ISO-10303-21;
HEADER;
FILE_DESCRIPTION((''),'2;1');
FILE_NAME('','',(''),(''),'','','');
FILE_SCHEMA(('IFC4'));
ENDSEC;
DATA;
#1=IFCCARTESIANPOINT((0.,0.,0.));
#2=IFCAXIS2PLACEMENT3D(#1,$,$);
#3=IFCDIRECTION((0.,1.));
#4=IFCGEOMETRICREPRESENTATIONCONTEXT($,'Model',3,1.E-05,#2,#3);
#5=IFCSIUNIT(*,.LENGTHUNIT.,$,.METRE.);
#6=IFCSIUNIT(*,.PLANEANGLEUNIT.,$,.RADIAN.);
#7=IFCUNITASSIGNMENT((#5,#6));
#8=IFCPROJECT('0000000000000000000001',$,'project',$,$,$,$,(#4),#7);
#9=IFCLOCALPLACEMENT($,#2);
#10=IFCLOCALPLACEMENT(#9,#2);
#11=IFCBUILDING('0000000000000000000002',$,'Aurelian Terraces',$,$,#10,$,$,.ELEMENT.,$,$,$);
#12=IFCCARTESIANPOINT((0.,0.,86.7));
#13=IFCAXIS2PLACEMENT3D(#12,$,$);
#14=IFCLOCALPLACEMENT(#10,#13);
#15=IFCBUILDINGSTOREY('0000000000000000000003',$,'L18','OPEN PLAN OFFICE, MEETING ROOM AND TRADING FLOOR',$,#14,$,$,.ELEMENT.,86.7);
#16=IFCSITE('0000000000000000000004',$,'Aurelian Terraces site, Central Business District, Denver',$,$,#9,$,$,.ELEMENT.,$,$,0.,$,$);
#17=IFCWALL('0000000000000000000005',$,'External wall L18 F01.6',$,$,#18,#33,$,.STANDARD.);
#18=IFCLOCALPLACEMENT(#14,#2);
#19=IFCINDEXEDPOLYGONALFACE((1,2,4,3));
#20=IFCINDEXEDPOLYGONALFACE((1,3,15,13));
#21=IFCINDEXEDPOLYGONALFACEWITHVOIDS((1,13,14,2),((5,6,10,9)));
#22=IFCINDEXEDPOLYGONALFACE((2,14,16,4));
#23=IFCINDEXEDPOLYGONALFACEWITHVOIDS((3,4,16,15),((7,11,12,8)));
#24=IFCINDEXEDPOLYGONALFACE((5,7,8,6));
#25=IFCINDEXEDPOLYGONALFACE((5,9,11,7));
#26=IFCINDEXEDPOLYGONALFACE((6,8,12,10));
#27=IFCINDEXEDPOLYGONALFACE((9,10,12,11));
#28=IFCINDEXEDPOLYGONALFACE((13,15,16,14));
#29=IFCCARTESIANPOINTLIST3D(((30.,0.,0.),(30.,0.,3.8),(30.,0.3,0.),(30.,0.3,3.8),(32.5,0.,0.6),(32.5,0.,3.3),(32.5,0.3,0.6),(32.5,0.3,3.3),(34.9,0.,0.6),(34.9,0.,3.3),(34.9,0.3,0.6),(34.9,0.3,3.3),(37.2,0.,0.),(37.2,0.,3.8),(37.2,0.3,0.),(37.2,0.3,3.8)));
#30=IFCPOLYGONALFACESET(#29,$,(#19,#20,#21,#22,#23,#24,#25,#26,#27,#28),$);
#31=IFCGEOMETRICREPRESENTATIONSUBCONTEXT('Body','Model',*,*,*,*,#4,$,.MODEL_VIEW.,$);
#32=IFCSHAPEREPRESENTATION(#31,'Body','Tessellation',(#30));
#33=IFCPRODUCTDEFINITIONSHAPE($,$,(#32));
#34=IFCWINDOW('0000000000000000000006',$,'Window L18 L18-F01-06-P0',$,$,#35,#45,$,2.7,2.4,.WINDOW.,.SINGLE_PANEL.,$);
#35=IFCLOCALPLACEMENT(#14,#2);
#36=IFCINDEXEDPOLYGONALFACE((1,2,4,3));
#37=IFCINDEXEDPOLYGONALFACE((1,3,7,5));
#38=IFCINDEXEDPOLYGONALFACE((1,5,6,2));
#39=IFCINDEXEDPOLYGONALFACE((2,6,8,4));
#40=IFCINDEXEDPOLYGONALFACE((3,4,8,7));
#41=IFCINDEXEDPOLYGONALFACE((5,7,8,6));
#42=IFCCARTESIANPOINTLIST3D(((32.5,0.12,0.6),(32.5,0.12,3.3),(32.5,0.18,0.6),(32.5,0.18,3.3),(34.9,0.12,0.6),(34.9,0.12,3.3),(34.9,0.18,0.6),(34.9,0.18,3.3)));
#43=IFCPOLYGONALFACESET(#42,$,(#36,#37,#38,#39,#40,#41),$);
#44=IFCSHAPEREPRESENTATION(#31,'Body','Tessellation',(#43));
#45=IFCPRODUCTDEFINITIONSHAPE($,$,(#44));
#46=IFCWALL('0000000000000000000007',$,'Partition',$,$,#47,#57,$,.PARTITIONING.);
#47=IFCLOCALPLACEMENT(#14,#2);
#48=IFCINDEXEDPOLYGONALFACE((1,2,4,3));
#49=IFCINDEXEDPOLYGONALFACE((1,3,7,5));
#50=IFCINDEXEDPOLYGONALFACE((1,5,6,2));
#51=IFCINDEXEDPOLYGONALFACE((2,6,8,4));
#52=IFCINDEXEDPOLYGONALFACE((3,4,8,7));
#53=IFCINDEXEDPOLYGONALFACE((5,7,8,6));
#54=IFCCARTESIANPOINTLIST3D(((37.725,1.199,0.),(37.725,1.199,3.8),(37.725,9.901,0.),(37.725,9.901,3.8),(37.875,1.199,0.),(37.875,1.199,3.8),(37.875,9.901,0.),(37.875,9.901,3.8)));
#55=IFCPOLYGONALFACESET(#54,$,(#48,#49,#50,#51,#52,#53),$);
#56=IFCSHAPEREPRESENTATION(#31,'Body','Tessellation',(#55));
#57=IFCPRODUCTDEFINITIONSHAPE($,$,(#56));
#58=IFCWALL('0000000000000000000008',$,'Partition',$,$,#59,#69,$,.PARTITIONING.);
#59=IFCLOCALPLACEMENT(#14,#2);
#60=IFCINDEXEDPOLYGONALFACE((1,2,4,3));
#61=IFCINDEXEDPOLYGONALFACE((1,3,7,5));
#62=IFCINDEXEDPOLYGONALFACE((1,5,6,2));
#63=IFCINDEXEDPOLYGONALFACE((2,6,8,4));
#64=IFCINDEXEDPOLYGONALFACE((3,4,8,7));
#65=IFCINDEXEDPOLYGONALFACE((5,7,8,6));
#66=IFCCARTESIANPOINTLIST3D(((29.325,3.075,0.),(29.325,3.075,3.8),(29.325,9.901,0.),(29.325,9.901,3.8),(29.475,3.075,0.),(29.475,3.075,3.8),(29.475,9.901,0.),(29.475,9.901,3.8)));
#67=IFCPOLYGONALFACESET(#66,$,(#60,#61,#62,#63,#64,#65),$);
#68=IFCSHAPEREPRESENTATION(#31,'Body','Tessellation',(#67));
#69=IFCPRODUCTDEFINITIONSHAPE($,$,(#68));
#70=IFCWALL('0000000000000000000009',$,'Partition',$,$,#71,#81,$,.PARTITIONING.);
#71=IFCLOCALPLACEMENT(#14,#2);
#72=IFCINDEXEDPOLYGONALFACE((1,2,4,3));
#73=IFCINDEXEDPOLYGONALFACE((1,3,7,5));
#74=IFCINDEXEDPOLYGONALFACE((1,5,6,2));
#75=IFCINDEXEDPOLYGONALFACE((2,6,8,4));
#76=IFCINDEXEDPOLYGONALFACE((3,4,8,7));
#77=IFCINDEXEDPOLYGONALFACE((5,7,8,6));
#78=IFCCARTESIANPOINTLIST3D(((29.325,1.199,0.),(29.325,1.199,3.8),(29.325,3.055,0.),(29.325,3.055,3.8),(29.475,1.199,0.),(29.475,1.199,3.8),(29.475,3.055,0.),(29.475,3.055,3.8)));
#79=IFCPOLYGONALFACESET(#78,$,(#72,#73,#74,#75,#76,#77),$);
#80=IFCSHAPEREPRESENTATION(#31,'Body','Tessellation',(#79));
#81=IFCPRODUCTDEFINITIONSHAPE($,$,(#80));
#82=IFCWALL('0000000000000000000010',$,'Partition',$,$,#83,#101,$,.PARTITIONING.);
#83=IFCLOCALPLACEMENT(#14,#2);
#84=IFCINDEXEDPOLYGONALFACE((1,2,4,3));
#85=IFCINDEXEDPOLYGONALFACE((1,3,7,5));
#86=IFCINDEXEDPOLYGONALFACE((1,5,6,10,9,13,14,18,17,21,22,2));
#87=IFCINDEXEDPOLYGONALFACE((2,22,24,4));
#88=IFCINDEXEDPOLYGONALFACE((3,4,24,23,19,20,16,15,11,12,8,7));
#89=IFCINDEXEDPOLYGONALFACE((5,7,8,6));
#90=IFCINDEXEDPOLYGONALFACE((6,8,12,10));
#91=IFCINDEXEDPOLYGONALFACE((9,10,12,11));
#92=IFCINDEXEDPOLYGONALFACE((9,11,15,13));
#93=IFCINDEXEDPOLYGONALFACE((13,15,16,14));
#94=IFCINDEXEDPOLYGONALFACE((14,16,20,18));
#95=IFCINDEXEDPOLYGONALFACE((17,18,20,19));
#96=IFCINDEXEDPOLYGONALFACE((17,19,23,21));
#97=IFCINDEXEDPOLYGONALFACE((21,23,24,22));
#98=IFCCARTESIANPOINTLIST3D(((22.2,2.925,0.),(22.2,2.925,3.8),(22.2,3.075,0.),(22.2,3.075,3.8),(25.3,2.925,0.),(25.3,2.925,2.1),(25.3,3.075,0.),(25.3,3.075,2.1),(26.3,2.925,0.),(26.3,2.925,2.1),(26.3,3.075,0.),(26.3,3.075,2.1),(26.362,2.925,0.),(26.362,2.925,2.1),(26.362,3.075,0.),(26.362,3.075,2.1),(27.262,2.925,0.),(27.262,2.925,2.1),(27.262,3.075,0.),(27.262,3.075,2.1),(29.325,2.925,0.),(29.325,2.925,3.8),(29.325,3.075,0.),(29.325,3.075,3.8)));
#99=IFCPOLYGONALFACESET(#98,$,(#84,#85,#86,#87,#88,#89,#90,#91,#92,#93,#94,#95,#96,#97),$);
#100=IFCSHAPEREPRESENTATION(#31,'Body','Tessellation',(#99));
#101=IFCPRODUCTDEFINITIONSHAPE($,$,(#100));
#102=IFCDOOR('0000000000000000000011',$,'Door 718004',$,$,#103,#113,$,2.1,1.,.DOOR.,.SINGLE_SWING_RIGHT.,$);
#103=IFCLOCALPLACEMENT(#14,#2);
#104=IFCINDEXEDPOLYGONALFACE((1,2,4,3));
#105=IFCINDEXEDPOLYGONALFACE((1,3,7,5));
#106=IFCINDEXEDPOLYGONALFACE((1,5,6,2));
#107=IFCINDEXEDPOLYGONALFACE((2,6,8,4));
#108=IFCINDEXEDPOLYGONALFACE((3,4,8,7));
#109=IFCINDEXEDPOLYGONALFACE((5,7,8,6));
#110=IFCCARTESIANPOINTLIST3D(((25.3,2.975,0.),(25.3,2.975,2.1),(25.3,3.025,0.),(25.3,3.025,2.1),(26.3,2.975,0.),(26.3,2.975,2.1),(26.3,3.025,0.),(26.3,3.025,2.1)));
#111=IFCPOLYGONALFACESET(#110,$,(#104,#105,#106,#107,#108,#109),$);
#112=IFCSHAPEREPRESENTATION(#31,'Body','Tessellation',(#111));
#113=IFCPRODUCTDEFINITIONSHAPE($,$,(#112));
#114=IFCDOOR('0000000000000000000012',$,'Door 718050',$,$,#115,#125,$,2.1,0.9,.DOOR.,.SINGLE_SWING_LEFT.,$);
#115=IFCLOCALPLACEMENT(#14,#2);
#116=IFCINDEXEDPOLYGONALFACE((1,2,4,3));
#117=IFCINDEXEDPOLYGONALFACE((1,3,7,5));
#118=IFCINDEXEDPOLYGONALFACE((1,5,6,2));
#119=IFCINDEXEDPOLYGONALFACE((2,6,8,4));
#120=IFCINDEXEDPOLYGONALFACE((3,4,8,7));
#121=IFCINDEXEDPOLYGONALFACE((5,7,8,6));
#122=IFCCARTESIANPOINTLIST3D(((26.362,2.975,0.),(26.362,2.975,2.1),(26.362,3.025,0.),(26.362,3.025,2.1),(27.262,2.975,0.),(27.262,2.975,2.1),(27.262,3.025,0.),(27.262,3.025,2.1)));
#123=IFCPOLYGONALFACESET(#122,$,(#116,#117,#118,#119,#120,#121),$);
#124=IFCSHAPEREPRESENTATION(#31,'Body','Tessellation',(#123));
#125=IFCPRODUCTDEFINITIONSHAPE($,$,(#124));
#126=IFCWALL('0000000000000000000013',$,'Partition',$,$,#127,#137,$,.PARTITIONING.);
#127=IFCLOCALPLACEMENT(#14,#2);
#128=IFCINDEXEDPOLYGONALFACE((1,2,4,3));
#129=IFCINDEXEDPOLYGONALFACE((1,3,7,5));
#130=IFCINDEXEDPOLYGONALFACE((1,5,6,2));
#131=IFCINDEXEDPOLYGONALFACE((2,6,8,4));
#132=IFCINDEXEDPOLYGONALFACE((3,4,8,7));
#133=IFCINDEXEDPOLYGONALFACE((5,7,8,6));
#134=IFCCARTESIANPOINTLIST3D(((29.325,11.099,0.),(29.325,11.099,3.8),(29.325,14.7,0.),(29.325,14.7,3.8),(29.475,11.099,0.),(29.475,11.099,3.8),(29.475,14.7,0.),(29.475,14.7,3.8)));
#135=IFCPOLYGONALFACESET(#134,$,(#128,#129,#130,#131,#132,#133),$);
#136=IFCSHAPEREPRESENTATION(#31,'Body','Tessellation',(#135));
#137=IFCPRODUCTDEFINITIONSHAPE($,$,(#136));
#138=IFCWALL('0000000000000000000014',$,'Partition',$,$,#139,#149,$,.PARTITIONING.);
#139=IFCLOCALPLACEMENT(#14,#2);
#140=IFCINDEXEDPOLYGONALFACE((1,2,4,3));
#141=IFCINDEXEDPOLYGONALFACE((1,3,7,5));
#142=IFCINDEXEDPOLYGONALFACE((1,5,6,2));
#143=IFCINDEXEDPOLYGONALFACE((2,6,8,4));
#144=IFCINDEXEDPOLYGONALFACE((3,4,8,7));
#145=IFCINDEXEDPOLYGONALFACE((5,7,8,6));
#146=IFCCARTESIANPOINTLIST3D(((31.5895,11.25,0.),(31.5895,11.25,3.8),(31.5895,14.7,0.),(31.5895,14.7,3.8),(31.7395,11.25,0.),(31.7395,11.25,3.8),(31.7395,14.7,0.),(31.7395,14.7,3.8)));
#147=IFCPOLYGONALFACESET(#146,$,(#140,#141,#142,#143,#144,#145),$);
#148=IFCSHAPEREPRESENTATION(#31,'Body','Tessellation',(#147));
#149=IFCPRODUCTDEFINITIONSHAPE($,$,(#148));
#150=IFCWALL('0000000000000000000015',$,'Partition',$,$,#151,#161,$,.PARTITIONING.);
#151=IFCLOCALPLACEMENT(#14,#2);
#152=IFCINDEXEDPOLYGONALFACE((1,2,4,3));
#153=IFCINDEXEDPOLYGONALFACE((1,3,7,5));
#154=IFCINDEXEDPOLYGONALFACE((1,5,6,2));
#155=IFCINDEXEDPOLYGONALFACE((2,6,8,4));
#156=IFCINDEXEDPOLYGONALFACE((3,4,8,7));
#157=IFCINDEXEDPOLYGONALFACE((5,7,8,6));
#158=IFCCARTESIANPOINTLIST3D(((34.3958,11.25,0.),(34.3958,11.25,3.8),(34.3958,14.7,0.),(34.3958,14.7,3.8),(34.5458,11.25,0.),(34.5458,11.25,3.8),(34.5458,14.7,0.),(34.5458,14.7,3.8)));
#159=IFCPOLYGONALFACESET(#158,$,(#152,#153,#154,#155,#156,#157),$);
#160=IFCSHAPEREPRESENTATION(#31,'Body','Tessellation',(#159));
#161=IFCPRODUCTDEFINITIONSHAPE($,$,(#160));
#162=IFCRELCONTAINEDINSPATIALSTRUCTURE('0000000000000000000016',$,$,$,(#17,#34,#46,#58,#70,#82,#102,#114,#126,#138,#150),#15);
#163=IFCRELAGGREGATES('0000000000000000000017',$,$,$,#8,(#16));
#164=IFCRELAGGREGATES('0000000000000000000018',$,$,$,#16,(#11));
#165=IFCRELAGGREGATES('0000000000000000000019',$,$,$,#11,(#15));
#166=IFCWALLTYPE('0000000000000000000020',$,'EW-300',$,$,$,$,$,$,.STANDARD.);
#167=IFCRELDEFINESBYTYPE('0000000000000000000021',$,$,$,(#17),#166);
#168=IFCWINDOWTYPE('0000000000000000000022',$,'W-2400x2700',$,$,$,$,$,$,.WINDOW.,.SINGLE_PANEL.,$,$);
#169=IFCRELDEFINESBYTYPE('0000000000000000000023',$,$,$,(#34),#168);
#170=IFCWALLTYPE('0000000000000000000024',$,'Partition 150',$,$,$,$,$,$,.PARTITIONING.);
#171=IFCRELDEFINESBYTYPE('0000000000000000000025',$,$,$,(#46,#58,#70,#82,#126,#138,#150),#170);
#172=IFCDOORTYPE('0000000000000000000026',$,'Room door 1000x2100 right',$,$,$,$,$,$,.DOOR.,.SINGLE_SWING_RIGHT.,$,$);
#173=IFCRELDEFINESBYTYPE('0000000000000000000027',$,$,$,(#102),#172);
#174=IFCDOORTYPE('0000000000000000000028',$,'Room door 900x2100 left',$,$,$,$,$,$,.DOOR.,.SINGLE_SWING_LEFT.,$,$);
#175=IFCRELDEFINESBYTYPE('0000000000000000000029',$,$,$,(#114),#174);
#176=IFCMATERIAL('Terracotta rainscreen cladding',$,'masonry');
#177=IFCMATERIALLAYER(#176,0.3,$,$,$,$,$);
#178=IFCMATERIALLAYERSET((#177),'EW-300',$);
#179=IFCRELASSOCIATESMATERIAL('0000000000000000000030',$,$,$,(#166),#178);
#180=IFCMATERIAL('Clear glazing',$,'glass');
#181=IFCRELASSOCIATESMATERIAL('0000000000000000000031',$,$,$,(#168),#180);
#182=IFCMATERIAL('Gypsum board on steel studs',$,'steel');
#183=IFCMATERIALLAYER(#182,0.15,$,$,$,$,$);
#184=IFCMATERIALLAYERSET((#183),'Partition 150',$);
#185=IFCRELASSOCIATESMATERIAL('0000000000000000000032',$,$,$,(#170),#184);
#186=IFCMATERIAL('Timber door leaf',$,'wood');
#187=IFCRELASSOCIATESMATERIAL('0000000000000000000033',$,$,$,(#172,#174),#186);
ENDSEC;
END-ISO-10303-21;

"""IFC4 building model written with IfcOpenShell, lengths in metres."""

from ifc_helpers import new_model, si_unit, direction, frame, frame_2d, origin, place, context, subcontext, project, spatial, rectangle, extrude, source, transform, mapped, material, layer, layer_set, type_object, element, fill, save


model = new_model("IFC4")

# Units and contexts
model_context = context("Model", 3, precision=1e-05, world=origin(), true_north=direction((0.0, 1.0)))
body_context = subcontext(model_context, "Body", "Model", "MODEL_VIEW")
ifc_project = project(units=[si_unit("LENGTHUNIT", "METRE"), si_unit("PLANEANGLEUNIT", "RADIAN")], contexts=[model_context])

# Site, building, storey
site_placement = place(None, origin())
site = spatial("IfcSite", under=ifc_project, at=site_placement, Name="Aurelian Terraces site, Central Business District, Denver", CompositionType="ELEMENT", RefElevation=0.0)
building_placement = place(site_placement, origin())
building = spatial("IfcBuilding", under=site, at=building_placement, Name="Aurelian Terraces", CompositionType="ELEMENT")
storey_placement = place(building_placement, frame((0.0, 0.0, 86.7)))
storey = spatial("IfcBuildingStorey", under=building, at=storey_placement, Name="L18", Description="OPEN PLAN OFFICE, MEETING ROOM AND TRADING FLOOR", CompositionType="ELEMENT", Elevation=86.7)

# Shared definitions
ifc_material_1 = material(Name="Terracotta rainscreen cladding", Category="masonry")
ifc_layer_1 = layer(ifc_material_1, 0.3)
ifc_layer_set_1 = layer_set([ifc_layer_1], Name="EW-300")
wall_type_1 = type_object("IfcWallType", Name="EW-300", PredefinedType="STANDARD", material=ifc_layer_set_1)
shared_shape_1 = source(origin(), body_context, "Body", "SweptSolid", [
    extrude(rectangle(XDim=7.2, YDim=0.3, at=frame_2d((3.6, 0.0))), origin(), (0.0, 0.0, 1.0), 3.8),
])
shared_shape_2 = source(origin(), body_context, "Body", "SweptSolid", [
    extrude(rectangle(XDim=2.4, YDim=2.7, at=frame_2d((1.2, 1.35))), frame((0.0, 0.16, 0.0), z_axis=(0.0, -1.0, 0.0), x_axis=(1.0, 0.0, 0.0)), (0.0, 0.0, 1.0), 0.32),
])
ifc_material_2 = material(Name="Clear glazing", Category="glass")
window_type = type_object("IfcWindowType", Name="W-2400x2700", PartitioningType="SINGLE_PANEL", PredefinedType="WINDOW", material=ifc_material_2)
shared_shape_3 = source(origin(), body_context, "Body", "SweptSolid", [
    extrude(rectangle(XDim=2.4, YDim=2.7, at=frame_2d((1.2, 1.35))), frame((0.0, 0.03, 0.0), z_axis=(0.0, -1.0, 0.0), x_axis=(1.0, 0.0, 0.0)), (0.0, 0.0, 1.0), 0.06),
])

# Wall, opening, window
wall_1_placement = place(storey_placement, frame((30.0, 0.15, 0.0), z_axis=(0.0, 0.0, 1.0), x_axis=(1.0, 0.0, 0.0)))
wall_1 = element("IfcWall", 1, at=wall_1_placement, inside=storey, type_object=wall_type_1, Name="External wall L18 F01.6", PredefinedType="STANDARD", context=body_context, shape_type="MappedRepresentation", body=[
    mapped(shared_shape_1, transform((0.0, 0.0, 0.0), scale=1.0)),
])
opening_1_placement = place(wall_1_placement, frame((2.5, 0.0, 0.6)))
opening_1 = element("IfcOpeningElement", 2, at=opening_1_placement, cuts=wall_1, PredefinedType="OPENING", context=body_context, shape_type="MappedRepresentation", body=[
    mapped(shared_shape_2, transform((0.0, 0.0, 0.0), scale=1.0)),
])
window_1_placement = place(opening_1_placement, origin())
window_1 = element("IfcWindow", 3, at=window_1_placement, inside=storey, type_object=window_type, Name="Window L18 L18-F01-06-P0", OverallHeight=2.7, OverallWidth=2.4, PartitioningType="SINGLE_PANEL", PredefinedType="WINDOW", context=body_context, shape_type="MappedRepresentation", body=[
    mapped(shared_shape_3, transform((0.0, 0.0, 0.0), scale=1.0)),
])
fill(opening_1, window_1)

# Walls
ifc_material_3 = material(Name="Gypsum board on steel studs", Category="steel")
ifc_layer_2 = layer(ifc_material_3, 0.15)
ifc_layer_set_2 = layer_set([ifc_layer_2], Name="Partition 150")
wall_type_2 = type_object("IfcWallType", Name="Partition 150", PredefinedType="PARTITIONING", material=ifc_layer_set_2)
shared_shape_4 = source(origin(), body_context, "Body", "SweptSolid", [
    extrude(rectangle(XDim=8.702, YDim=0.15, at=frame_2d((4.351, 0.0))), origin(), (0.0, 0.0, 1.0), 3.8),
])
wall_2_placement = place(storey_placement, frame((37.8, 1.199, 0.0), z_axis=(0.0, 0.0, 1.0), x_axis=(0.0, 1.0, 0.0)))
element("IfcWall", 4, at=wall_2_placement, inside=storey, type_object=wall_type_2, Name="Partition", PredefinedType="PARTITIONING", context=body_context, shape_type="MappedRepresentation", body=[
    mapped(shared_shape_4, transform((0.0, 0.0, 0.0), scale=1.0)),
])
shared_shape_5 = source(origin(), body_context, "Body", "SweptSolid", [
    extrude(rectangle(XDim=6.826, YDim=0.15, at=frame_2d((3.413, 0.0))), origin(), (0.0, 0.0, 1.0), 3.8),
])
wall_3_placement = place(storey_placement, frame((29.4, 3.075, 0.0), z_axis=(0.0, 0.0, 1.0), x_axis=(0.0, 1.0, 0.0)))
element("IfcWall", 5, at=wall_3_placement, inside=storey, type_object=wall_type_2, Name="Partition", PredefinedType="PARTITIONING", context=body_context, shape_type="MappedRepresentation", body=[
    mapped(shared_shape_5, transform((0.0, 0.0, 0.0), scale=1.0)),
])
shared_shape_6 = source(origin(), body_context, "Body", "SweptSolid", [
    extrude(rectangle(XDim=1.856, YDim=0.15, at=frame_2d((0.928, 0.0))), origin(), (0.0, 0.0, 1.0), 3.8),
])
wall_4_placement = place(storey_placement, frame((29.4, 1.199, 0.0), z_axis=(0.0, 0.0, 1.0), x_axis=(0.0, 1.0, 0.0)))
element("IfcWall", 6, at=wall_4_placement, inside=storey, type_object=wall_type_2, Name="Partition", PredefinedType="PARTITIONING", context=body_context, shape_type="MappedRepresentation", body=[
    mapped(shared_shape_6, transform((0.0, 0.0, 0.0), scale=1.0)),
])

# Wall, openings, doors
shared_shape_7 = source(origin(), body_context, "Body", "SweptSolid", [
    extrude(rectangle(XDim=7.125, YDim=0.15, at=frame_2d((3.5625, 0.0))), origin(), (0.0, 0.0, 1.0), 3.8),
])
wall_5_placement = place(storey_placement, frame((22.2, 3.0, 0.0), z_axis=(0.0, 0.0, 1.0), x_axis=(1.0, 0.0, 0.0)))
wall_5 = element("IfcWall", 7, at=wall_5_placement, inside=storey, type_object=wall_type_2, Name="Partition", PredefinedType="PARTITIONING", context=body_context, shape_type="MappedRepresentation", body=[
    mapped(shared_shape_7, transform((0.0, 0.0, 0.0), scale=1.0)),
])
shared_shape_8 = source(origin(), body_context, "Body", "SweptSolid", [
    extrude(rectangle(XDim=1.0, YDim=2.1, at=frame_2d((0.5, 1.05))), frame((0.0, 0.085, 0.0), z_axis=(0.0, -1.0, 0.0), x_axis=(1.0, 0.0, 0.0)), (0.0, 0.0, 1.0), 0.17),
])
opening_2_placement = place(wall_5_placement, frame((3.1, 0.0, 0.0)))
opening_2 = element("IfcOpeningElement", 8, at=opening_2_placement, cuts=wall_5, PredefinedType="OPENING", context=body_context, shape_type="MappedRepresentation", body=[
    mapped(shared_shape_8, transform((0.0, 0.0, 0.0), scale=1.0)),
])
shared_shape_9 = source(origin(), body_context, "Body", "SweptSolid", [
    extrude(rectangle(XDim=0.9, YDim=2.1, at=frame_2d((0.45, 1.05))), frame((0.0, 0.085, 0.0), z_axis=(0.0, -1.0, 0.0), x_axis=(1.0, 0.0, 0.0)), (0.0, 0.0, 1.0), 0.17),
])
opening_3_placement = place(wall_5_placement, frame((4.162, 0.0, 0.0)))
opening_3 = element("IfcOpeningElement", 9, at=opening_3_placement, cuts=wall_5, PredefinedType="OPENING", context=body_context, shape_type="MappedRepresentation", body=[
    mapped(shared_shape_9, transform((0.0, 0.0, 0.0), scale=1.0)),
])
ifc_material_4 = material(Name="Timber door leaf", Category="wood")
door_type_1 = type_object("IfcDoorType", Name="Room door 1000x2100 right", OperationType="SINGLE_SWING_RIGHT", PredefinedType="DOOR", material=ifc_material_4)
shared_shape_10 = source(origin(), body_context, "Body", "SweptSolid", [
    extrude(rectangle(XDim=1.0, YDim=2.1, at=frame_2d((0.5, 1.05))), frame((0.0, 0.025, 0.0), z_axis=(0.0, -1.0, 0.0), x_axis=(1.0, 0.0, 0.0)), (0.0, 0.0, 1.0), 0.05),
])
door_1_placement = place(opening_2_placement, origin())
door_1 = element("IfcDoor", 10, at=door_1_placement, inside=storey, type_object=door_type_1, Name="Door 718004", OperationType="SINGLE_SWING_RIGHT", OverallHeight=2.1, OverallWidth=1.0, PredefinedType="DOOR", context=body_context, shape_type="MappedRepresentation", body=[
    mapped(shared_shape_10, transform((0.0, 0.0, 0.0), scale=1.0)),
])
fill(opening_2, door_1)
door_type_2 = type_object("IfcDoorType", Name="Room door 900x2100 left", OperationType="SINGLE_SWING_LEFT", PredefinedType="DOOR", material=ifc_material_4)
shared_shape_11 = source(origin(), body_context, "Body", "SweptSolid", [
    extrude(rectangle(XDim=0.9, YDim=2.1, at=frame_2d((0.45, 1.05))), frame((0.0, 0.025, 0.0), z_axis=(0.0, -1.0, 0.0), x_axis=(1.0, 0.0, 0.0)), (0.0, 0.0, 1.0), 0.05),
])
door_2_placement = place(opening_3_placement, origin())
door_2 = element("IfcDoor", 11, at=door_2_placement, inside=storey, type_object=door_type_2, Name="Door 718050", OperationType="SINGLE_SWING_LEFT", OverallHeight=2.1, OverallWidth=0.9, PredefinedType="DOOR", context=body_context, shape_type="MappedRepresentation", body=[
    mapped(shared_shape_11, transform((0.0, 0.0, 0.0), scale=1.0)),
])
fill(opening_3, door_2)

# Walls
shared_shape_12 = source(origin(), body_context, "Body", "SweptSolid", [
    extrude(rectangle(XDim=3.601, YDim=0.15, at=frame_2d((1.8005, 0.0))), origin(), (0.0, 0.0, 1.0), 3.8),
])
wall_6_placement = place(storey_placement, frame((29.4, 11.099, 0.0), z_axis=(0.0, 0.0, 1.0), x_axis=(0.0, 1.0, 0.0)))
element("IfcWall", 12, at=wall_6_placement, inside=storey, type_object=wall_type_2, Name="Partition", PredefinedType="PARTITIONING", context=body_context, shape_type="MappedRepresentation", body=[
    mapped(shared_shape_12, transform((0.0, 0.0, 0.0), scale=1.0)),
])
shared_shape_13 = source(origin(), body_context, "Body", "SweptSolid", [
    extrude(rectangle(XDim=3.45, YDim=0.15, at=frame_2d((1.725, 0.0))), origin(), (0.0, 0.0, 1.0), 3.8),
])
for number, where, z_axis, x_axis, name in (
    (13, (31.6645, 11.25, 0.0), (0.0, 0.0, 1.0), (0.0, 1.0, 0.0), "Partition"),
    (14, (34.4708, 11.25, 0.0), (0.0, 0.0, 1.0), (0.0, 1.0, 0.0), "Partition"),
):
    element("IfcWall", number, at=place(storey_placement, frame(where, z_axis=z_axis, x_axis=x_axis)), inside=storey, type_object=wall_type_2, Name=name, PredefinedType="PARTITIONING", context=body_context, shape_type="MappedRepresentation", body=[
        mapped(shared_shape_13, transform((0.0, 0.0, 0.0), scale=1.0)),
    ])

save(model, "model.ifc")
